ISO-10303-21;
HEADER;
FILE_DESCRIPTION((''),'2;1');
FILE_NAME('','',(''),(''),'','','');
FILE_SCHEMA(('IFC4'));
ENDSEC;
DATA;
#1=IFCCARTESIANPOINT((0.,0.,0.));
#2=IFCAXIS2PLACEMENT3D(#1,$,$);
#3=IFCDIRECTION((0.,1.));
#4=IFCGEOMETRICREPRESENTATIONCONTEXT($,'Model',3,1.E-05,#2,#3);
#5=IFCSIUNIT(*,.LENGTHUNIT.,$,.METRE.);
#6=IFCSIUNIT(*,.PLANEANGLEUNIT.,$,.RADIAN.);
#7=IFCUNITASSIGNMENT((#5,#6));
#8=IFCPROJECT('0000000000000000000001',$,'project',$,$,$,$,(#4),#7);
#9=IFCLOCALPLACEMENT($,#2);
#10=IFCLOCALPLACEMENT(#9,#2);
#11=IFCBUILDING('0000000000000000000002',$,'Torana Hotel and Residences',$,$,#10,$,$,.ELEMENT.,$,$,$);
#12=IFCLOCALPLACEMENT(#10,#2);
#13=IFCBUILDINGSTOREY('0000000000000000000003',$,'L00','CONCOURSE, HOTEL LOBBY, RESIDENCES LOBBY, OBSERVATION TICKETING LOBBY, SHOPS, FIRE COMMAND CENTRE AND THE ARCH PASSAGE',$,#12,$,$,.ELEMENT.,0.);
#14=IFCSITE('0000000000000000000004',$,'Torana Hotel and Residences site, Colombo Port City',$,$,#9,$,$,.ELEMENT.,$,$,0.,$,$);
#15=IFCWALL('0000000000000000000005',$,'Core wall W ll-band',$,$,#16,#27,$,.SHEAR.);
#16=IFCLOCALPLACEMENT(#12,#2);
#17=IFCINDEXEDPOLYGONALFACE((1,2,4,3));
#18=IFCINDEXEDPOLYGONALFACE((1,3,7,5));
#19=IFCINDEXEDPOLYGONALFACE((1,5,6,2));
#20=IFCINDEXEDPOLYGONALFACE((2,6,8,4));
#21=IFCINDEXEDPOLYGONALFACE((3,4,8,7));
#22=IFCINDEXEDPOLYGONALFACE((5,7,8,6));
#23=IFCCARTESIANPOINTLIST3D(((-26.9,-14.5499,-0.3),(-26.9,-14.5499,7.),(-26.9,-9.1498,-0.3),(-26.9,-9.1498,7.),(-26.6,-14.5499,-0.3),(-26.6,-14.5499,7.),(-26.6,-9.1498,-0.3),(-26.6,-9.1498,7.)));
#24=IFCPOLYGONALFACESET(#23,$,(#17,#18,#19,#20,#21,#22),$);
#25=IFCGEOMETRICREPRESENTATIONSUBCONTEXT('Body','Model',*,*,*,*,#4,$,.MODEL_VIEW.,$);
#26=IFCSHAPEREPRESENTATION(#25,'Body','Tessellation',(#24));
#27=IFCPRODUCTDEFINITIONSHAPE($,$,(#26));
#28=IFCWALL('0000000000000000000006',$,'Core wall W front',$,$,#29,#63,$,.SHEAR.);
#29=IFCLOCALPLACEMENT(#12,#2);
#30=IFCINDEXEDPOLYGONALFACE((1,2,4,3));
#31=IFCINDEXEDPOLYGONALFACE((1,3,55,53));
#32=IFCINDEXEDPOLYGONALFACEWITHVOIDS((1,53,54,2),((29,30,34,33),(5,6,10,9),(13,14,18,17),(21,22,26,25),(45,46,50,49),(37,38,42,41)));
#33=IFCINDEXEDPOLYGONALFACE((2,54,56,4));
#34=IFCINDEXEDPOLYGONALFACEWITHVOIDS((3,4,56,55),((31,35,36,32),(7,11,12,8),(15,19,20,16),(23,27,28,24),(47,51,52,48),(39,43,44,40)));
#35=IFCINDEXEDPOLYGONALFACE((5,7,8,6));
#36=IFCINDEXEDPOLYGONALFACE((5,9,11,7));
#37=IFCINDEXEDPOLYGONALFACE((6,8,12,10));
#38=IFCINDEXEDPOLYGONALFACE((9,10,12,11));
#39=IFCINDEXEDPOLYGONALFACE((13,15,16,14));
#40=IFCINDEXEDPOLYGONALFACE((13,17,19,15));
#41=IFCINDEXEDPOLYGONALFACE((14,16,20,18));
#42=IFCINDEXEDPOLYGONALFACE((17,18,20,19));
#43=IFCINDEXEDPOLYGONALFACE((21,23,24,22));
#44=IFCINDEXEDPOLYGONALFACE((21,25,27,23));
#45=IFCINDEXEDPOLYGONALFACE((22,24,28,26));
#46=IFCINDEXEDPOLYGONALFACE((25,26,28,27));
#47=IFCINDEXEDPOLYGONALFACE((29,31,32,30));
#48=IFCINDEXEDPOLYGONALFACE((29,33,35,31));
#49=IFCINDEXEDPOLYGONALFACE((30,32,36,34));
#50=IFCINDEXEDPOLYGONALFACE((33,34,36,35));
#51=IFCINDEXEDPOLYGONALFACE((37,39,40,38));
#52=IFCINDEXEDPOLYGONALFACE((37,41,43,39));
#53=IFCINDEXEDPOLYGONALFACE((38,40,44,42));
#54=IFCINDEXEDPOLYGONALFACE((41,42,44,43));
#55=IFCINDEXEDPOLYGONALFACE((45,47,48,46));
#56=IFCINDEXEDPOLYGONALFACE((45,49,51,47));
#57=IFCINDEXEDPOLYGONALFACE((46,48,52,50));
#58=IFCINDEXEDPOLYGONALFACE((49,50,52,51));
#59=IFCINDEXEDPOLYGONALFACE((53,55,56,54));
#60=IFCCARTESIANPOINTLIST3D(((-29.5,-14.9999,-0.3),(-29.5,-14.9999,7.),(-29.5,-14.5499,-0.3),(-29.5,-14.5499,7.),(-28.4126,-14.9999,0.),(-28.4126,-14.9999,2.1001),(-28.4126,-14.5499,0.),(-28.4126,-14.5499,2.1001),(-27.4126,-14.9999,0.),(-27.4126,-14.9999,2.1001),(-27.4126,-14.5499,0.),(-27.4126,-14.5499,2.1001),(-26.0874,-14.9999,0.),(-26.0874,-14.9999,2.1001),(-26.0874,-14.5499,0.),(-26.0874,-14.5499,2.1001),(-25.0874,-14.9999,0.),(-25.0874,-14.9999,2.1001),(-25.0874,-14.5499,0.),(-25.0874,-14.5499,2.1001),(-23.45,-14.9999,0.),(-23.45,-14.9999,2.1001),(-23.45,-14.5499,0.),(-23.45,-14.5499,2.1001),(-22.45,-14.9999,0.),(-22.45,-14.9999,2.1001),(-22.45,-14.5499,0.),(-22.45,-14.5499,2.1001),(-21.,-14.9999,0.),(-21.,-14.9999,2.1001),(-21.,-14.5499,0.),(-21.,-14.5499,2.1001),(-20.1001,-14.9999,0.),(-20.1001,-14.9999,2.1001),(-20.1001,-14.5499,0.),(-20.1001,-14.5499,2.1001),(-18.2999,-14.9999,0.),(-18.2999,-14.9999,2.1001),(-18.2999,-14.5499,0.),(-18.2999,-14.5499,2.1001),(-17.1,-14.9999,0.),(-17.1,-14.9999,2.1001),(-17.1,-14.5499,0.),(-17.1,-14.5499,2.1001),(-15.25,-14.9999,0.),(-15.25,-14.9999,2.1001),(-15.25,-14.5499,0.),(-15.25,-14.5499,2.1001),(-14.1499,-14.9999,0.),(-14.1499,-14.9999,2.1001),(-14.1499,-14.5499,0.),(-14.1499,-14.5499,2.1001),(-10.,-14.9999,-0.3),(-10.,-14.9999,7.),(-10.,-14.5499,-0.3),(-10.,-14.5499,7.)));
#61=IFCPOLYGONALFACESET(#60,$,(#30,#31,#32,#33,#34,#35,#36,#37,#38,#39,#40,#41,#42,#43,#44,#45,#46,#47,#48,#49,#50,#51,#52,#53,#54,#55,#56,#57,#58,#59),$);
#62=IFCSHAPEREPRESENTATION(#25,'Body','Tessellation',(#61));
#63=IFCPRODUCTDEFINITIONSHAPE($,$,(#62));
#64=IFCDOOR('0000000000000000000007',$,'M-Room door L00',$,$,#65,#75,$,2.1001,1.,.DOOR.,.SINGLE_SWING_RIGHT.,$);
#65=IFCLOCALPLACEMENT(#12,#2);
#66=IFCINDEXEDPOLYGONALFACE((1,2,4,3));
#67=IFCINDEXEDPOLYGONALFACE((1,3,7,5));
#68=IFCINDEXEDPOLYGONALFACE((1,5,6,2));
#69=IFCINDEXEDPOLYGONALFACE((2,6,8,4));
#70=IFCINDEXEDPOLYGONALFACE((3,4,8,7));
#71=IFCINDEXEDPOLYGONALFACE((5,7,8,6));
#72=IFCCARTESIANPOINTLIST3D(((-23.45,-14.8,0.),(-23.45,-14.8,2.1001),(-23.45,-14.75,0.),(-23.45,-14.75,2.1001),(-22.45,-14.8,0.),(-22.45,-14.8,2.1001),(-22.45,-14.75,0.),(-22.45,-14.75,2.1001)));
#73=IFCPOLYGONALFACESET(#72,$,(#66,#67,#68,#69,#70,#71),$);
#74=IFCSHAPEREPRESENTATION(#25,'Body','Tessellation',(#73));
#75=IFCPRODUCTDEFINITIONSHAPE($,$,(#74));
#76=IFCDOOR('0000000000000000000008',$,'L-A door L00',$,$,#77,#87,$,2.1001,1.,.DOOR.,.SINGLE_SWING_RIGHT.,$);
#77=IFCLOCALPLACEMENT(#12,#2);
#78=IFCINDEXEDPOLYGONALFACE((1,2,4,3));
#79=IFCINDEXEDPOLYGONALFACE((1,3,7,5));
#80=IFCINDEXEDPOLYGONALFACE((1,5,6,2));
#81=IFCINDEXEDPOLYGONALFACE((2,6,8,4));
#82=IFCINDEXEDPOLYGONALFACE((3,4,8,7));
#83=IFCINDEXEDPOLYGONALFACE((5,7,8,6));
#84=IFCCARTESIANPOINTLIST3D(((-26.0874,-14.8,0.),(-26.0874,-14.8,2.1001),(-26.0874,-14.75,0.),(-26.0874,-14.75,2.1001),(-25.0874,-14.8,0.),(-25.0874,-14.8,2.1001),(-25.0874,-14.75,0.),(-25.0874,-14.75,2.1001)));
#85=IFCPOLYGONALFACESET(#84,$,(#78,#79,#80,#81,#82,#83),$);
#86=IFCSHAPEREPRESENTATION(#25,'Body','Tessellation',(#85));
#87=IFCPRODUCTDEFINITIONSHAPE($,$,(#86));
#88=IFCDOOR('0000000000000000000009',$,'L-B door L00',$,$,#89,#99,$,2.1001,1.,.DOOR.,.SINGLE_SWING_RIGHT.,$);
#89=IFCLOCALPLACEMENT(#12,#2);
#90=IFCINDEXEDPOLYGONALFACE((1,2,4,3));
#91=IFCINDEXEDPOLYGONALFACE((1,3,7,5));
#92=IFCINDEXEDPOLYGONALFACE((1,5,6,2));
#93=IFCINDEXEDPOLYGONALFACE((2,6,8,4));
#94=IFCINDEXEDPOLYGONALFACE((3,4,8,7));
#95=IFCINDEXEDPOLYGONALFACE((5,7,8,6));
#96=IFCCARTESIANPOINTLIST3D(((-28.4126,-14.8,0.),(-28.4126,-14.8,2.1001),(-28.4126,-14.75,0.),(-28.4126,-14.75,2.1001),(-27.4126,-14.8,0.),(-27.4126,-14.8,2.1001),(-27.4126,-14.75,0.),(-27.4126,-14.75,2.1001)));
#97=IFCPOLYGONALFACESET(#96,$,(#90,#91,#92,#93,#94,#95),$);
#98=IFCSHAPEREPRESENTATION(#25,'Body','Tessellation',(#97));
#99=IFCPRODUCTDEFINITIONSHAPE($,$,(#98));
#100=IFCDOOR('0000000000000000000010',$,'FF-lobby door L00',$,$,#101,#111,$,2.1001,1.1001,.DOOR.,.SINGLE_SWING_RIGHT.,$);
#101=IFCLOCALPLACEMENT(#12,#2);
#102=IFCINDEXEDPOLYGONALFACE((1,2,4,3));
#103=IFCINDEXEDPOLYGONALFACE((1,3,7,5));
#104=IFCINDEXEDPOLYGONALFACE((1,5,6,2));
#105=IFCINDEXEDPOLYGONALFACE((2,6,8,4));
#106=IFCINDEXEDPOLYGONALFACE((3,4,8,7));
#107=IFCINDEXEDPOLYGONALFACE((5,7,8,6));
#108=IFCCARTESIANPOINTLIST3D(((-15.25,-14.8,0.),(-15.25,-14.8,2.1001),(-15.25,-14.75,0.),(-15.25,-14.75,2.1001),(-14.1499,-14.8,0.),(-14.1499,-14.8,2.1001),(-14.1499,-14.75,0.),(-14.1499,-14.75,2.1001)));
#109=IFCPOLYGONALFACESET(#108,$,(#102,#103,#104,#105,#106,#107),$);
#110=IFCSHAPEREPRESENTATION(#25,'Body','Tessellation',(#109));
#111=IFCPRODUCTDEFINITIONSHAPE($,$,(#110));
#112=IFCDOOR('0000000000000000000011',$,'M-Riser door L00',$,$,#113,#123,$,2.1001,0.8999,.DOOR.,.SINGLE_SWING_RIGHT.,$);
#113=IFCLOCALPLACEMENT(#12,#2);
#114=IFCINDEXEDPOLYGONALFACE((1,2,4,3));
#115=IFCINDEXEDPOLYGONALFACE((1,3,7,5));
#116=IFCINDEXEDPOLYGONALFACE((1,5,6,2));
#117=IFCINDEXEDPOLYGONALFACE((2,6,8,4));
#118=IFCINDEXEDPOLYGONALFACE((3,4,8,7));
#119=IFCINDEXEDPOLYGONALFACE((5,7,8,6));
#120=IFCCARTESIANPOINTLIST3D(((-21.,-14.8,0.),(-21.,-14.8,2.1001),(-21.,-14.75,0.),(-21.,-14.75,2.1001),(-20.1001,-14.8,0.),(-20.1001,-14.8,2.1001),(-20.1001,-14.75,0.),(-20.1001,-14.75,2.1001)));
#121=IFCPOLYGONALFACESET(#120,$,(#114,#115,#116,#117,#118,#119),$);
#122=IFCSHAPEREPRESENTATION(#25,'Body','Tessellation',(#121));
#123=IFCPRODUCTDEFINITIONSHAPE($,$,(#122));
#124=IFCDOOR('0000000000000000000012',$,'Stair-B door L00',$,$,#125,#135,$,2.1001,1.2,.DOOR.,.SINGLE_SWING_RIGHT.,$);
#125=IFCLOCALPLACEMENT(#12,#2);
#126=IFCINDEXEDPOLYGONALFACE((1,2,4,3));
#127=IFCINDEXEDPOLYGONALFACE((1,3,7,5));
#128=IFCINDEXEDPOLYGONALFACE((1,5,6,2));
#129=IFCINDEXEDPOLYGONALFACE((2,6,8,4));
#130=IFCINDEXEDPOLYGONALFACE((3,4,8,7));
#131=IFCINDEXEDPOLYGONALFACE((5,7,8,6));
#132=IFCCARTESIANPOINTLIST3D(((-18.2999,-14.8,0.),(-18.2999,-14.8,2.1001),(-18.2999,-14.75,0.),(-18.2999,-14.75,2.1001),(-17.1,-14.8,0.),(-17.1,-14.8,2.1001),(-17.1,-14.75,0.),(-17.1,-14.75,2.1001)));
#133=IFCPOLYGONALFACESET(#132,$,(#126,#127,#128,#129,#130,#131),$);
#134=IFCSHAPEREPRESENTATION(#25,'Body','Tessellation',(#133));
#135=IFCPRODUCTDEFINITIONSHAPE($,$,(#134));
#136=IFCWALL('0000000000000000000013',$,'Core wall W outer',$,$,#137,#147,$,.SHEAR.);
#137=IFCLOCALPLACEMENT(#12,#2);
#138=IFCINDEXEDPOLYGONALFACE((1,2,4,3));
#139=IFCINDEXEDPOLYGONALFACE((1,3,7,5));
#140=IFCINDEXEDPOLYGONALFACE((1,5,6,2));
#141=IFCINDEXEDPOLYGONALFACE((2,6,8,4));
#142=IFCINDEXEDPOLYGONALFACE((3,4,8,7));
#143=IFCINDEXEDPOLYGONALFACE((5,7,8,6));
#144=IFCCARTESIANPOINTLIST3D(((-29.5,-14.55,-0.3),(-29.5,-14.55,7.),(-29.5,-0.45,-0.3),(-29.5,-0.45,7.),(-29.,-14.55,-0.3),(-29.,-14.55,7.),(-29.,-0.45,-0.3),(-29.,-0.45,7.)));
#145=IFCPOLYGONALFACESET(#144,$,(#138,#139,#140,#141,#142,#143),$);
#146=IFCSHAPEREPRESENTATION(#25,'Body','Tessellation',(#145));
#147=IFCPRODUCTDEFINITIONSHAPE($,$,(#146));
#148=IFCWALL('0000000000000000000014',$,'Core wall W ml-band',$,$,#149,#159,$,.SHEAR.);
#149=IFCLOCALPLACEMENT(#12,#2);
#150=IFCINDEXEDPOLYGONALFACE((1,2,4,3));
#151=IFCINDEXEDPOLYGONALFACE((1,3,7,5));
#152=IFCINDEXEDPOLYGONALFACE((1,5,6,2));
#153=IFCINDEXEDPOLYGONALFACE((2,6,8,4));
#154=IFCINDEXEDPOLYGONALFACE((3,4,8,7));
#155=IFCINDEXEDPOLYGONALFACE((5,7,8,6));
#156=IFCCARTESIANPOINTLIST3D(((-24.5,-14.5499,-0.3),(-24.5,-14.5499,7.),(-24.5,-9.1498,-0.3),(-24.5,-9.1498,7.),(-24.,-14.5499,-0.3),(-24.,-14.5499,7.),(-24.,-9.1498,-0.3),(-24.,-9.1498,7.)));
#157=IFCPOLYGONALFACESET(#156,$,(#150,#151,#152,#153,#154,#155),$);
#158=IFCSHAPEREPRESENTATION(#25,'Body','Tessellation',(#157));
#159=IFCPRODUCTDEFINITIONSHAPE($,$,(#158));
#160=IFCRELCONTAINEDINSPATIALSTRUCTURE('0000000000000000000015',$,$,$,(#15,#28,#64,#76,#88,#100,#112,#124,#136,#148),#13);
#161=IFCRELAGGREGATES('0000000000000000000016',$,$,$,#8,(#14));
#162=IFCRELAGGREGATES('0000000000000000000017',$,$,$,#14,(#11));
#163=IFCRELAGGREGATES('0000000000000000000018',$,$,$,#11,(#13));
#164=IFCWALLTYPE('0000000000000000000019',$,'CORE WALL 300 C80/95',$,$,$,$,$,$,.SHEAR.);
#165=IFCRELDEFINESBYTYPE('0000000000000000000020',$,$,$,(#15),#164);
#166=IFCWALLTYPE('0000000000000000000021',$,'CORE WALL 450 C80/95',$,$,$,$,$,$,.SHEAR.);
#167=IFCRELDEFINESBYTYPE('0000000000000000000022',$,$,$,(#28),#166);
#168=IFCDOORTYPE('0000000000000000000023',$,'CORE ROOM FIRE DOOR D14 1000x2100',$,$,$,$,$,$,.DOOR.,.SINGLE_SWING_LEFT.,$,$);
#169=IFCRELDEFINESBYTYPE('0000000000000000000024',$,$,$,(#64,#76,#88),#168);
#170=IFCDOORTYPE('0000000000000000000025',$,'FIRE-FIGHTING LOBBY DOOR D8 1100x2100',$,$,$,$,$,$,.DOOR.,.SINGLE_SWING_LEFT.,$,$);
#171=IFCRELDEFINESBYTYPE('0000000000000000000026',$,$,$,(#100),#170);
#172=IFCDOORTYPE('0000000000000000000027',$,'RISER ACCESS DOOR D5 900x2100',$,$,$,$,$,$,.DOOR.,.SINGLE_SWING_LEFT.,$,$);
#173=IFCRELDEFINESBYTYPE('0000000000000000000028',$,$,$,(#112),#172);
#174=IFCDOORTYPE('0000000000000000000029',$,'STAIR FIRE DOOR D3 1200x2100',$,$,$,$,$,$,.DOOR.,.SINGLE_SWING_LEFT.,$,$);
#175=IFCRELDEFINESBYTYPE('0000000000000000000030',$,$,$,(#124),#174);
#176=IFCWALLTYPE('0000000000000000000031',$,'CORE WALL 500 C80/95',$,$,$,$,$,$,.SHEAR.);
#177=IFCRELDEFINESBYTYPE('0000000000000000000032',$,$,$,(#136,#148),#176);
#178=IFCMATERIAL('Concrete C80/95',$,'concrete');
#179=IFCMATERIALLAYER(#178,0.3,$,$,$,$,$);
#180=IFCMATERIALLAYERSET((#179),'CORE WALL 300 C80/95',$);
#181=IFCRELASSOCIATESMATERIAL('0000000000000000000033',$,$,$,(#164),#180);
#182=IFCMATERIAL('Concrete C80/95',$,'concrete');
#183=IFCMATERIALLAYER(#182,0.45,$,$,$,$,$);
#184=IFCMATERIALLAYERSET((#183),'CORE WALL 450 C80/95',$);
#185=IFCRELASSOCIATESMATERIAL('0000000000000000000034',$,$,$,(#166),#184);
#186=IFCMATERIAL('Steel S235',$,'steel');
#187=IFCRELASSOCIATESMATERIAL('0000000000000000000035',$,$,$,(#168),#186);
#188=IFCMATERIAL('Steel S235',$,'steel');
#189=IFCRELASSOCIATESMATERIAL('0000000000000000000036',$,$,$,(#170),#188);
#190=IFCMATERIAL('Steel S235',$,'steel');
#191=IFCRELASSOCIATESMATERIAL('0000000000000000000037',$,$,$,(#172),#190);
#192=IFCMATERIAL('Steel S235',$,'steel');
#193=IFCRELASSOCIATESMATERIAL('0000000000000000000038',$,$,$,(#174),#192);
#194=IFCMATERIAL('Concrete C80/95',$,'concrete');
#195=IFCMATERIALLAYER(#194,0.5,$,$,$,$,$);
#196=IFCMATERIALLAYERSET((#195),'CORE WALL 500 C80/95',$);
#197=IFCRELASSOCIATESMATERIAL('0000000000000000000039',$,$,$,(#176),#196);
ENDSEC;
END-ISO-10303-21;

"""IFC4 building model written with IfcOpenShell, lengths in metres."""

from ifc_helpers import new_model, si_unit, direction, frame, frame_2d, origin, place, context, subcontext, project, spatial, rectangle, extrude, material, layer, layer_set, type_object, element, fill, save


model = new_model("IFC4")

# Units and contexts
model_context = context("Model", 3, precision=1e-05, world=origin(), true_north=direction((0.0, 1.0)))
body_context = subcontext(model_context, "Body", "Model", "MODEL_VIEW")
ifc_project = project(units=[si_unit("LENGTHUNIT", "METRE"), si_unit("PLANEANGLEUNIT", "RADIAN")], contexts=[model_context])

# Site, building, storey
site_placement = place(None, origin())
site = spatial("IfcSite", under=ifc_project, at=site_placement, Name="Torana Hotel and Residences site, Colombo Port City", CompositionType="ELEMENT", RefElevation=0.0)
building_placement = place(site_placement, origin())
building = spatial("IfcBuilding", under=site, at=building_placement, Name="Torana Hotel and Residences", CompositionType="ELEMENT")
storey_placement = place(building_placement, origin())
storey = spatial("IfcBuildingStorey", under=building, at=storey_placement, Name="L00", Description="CONCOURSE, HOTEL LOBBY, RESIDENCES LOBBY, OBSERVATION TICKETING LOBBY, SHOPS, FIRE COMMAND CENTRE AND THE ARCH PASSAGE", CompositionType="ELEMENT", Elevation=0.0)

# Wall
ifc_material_1 = material(Name="Concrete C80/95", Category="concrete")
ifc_layer_1 = layer(ifc_material_1, 0.3)
ifc_layer_set_1 = layer_set([ifc_layer_1], Name="CORE WALL 300 C80/95")
wall_type_1 = type_object("IfcWallType", Name="CORE WALL 300 C80/95", PredefinedType="SHEAR", material=ifc_layer_set_1)
wall_1_placement = place(storey_placement, frame((-26.75, -14.55, -0.3), z_axis=(0.0, 0.0, 1.0), x_axis=(0.0, 1.0, 0.0)))
element("IfcWall", 1, at=wall_1_placement, inside=storey, type_object=wall_type_1, Name="Core wall W ll-band", PredefinedType="SHEAR", context=body_context, shape_type="SweptSolid", body=[
    extrude(rectangle(XDim=5.4001, YDim=0.3, at=frame_2d((2.7002, 0.0))), origin(), (0.0, 0.0, 1.0), 7.3),
])

# Wall, openings, doors
ifc_material_2 = material(Name="Concrete C80/95", Category="concrete")
ifc_layer_2 = layer(ifc_material_2, 0.45)
ifc_layer_set_2 = layer_set([ifc_layer_2], Name="CORE WALL 450 C80/95")
wall_type_2 = type_object("IfcWallType", Name="CORE WALL 450 C80/95", PredefinedType="SHEAR", material=ifc_layer_set_2)
wall_2_placement = place(storey_placement, frame((-29.5, -14.7749, -0.3), z_axis=(0.0, 0.0, 1.0), x_axis=(1.0, 0.0, 0.0)))
wall_2 = element("IfcWall", 2, at=wall_2_placement, inside=storey, type_object=wall_type_2, Name="Core wall W front", PredefinedType="SHEAR", context=body_context, shape_type="SweptSolid", body=[
    extrude(rectangle(XDim=19.5, YDim=0.45, at=frame_2d((9.75, 0.0))), origin(), (0.0, 0.0, 1.0), 7.3),
])
opening_1_placement = place(wall_2_placement, frame((11.2, 0.0, 0.3)))
opening_1 = element("IfcOpeningElement", 3, at=opening_1_placement, cuts=wall_2, PredefinedType="OPENING", context=body_context, shape_type="SweptSolid", body=[
    extrude(rectangle(XDim=1.2, YDim=2.1001, at=frame_2d((0.6001, 1.05))), frame((0.0, 0.2349, 0.0), z_axis=(0.0, -1.0, 0.0), x_axis=(1.0, 0.0, 0.0)), (0.0, 0.0, 1.0), 0.47),
])
opening_2_placement = place(wall_2_placement, frame((14.25, 0.0, 0.3)))
opening_2 = element("IfcOpeningElement", 4, at=opening_2_placement, cuts=wall_2, PredefinedType="OPENING", context=body_context, shape_type="SweptSolid", body=[
    extrude(rectangle(XDim=1.1001, YDim=2.1001, at=frame_2d((0.55, 1.05))), frame((0.0, 0.2349, 0.0), z_axis=(0.0, -1.0, 0.0), x_axis=(1.0, 0.0, 0.0)), (0.0, 0.0, 1.0), 0.47),
])
opening_3_placement = place(wall_2_placement, frame((8.5, 0.0, 0.3)))
opening_3 = element("IfcOpeningElement", 5, at=opening_3_placement, cuts=wall_2, PredefinedType="OPENING", context=body_context, shape_type="SweptSolid", body=[
    extrude(rectangle(XDim=0.8999, YDim=2.1001, at=frame_2d((0.45, 1.05))), frame((0.0, 0.2349, 0.0), z_axis=(0.0, -1.0, 0.0), x_axis=(1.0, 0.0, 0.0)), (0.0, 0.0, 1.0), 0.47),
])
opening_4_placement = place(wall_2_placement, frame((6.05, 0.0, 0.3)))
opening_4 = element("IfcOpeningElement", 6, at=opening_4_placement, cuts=wall_2, PredefinedType="OPENING", context=body_context, shape_type="SweptSolid", body=[
    extrude(rectangle(XDim=1.0, YDim=2.1001, at=frame_2d((0.5, 1.05))), frame((0.0, 0.2349, 0.0), z_axis=(0.0, -1.0, 0.0), x_axis=(1.0, 0.0, 0.0)), (0.0, 0.0, 1.0), 0.47),
])
opening_5_placement = place(wall_2_placement, frame((3.4126, 0.0, 0.3)))
opening_5 = element("IfcOpeningElement", 7, at=opening_5_placement, cuts=wall_2, PredefinedType="OPENING", context=body_context, shape_type="SweptSolid", body=[
    extrude(rectangle(XDim=1.0, YDim=2.1001, at=frame_2d((0.5, 1.05))), frame((0.0, 0.2349, 0.0), z_axis=(0.0, -1.0, 0.0), x_axis=(1.0, 0.0, 0.0)), (0.0, 0.0, 1.0), 0.47),
])
opening_6_placement = place(wall_2_placement, frame((1.0874, 0.0, 0.3)))
opening_6 = element("IfcOpeningElement", 8, at=opening_6_placement, cuts=wall_2, PredefinedType="OPENING", context=body_context, shape_type="SweptSolid", body=[
    extrude(rectangle(XDim=1.0, YDim=2.1001, at=frame_2d((0.5, 1.05))), frame((0.0, 0.2349, 0.0), z_axis=(0.0, -1.0, 0.0), x_axis=(1.0, 0.0, 0.0)), (0.0, 0.0, 1.0), 0.47),
])
ifc_material_3 = material(Name="Steel S235", Category="steel")
door_type_1 = type_object("IfcDoorType", Name="CORE ROOM FIRE DOOR D14 1000x2100", OperationType="SINGLE_SWING_LEFT", PredefinedType="DOOR", material=ifc_material_3)
door_1_placement = place(opening_4_placement, origin())
door_1 = element("IfcDoor", 9, at=door_1_placement, inside=storey, type_object=door_type_1, Name="M-Room door L00", OperationType="SINGLE_SWING_RIGHT", OverallHeight=2.1001, OverallWidth=1.0, PredefinedType="DOOR", context=body_context, shape_type="SweptSolid", body=[
    extrude(rectangle(XDim=1.0, YDim=2.1001, at=frame_2d((0.5, 1.05))), frame((0.0, 0.0249, 0.0), z_axis=(0.0, -1.0, 0.0), x_axis=(1.0, 0.0, 0.0)), (0.0, 0.0, 1.0), 0.05),
])
fill(opening_4, door_1)
door_2_placement = place(opening_5_placement, origin())
door_2 = element("IfcDoor", 10, at=door_2_placement, inside=storey, type_object=door_type_1, Name="L-A door L00", OperationType="SINGLE_SWING_RIGHT", OverallHeight=2.1001, OverallWidth=1.0, PredefinedType="DOOR", context=body_context, shape_type="SweptSolid", body=[
    extrude(rectangle(XDim=1.0, YDim=2.1001, at=frame_2d((0.5, 1.05))), frame((0.0, 0.0249, 0.0), z_axis=(0.0, -1.0, 0.0), x_axis=(1.0, 0.0, 0.0)), (0.0, 0.0, 1.0), 0.05),
])
fill(opening_5, door_2)
door_3_placement = place(opening_6_placement, origin())
door_3 = element("IfcDoor", 11, at=door_3_placement, inside=storey, type_object=door_type_1, Name="L-B door L00", OperationType="SINGLE_SWING_RIGHT", OverallHeight=2.1001, OverallWidth=1.0, PredefinedType="DOOR", context=body_context, shape_type="SweptSolid", body=[
    extrude(rectangle(XDim=1.0, YDim=2.1001, at=frame_2d((0.5, 1.05))), frame((0.0, 0.0249, 0.0), z_axis=(0.0, -1.0, 0.0), x_axis=(1.0, 0.0, 0.0)), (0.0, 0.0, 1.0), 0.05),
])
fill(opening_6, door_3)
ifc_material_4 = material(Name="Steel S235", Category="steel")
door_type_2 = type_object("IfcDoorType", Name="FIRE-FIGHTING LOBBY DOOR D8 1100x2100", OperationType="SINGLE_SWING_LEFT", PredefinedType="DOOR", material=ifc_material_4)
door_4_placement = place(opening_2_placement, origin())
door_4 = element("IfcDoor", 12, at=door_4_placement, inside=storey, type_object=door_type_2, Name="FF-lobby door L00", OperationType="SINGLE_SWING_RIGHT", OverallHeight=2.1001, OverallWidth=1.1001, PredefinedType="DOOR", context=body_context, shape_type="SweptSolid", body=[
    extrude(rectangle(XDim=1.1001, YDim=2.1001, at=frame_2d((0.55, 1.05))), frame((0.0, 0.0249, 0.0), z_axis=(0.0, -1.0, 0.0), x_axis=(1.0, 0.0, 0.0)), (0.0, 0.0, 1.0), 0.05),
])
fill(opening_2, door_4)
ifc_material_5 = material(Name="Steel S235", Category="steel")
door_type_3 = type_object("IfcDoorType", Name="RISER ACCESS DOOR D5 900x2100", OperationType="SINGLE_SWING_LEFT", PredefinedType="DOOR", material=ifc_material_5)
door_5_placement = place(opening_3_placement, origin())
door_5 = element("IfcDoor", 13, at=door_5_placement, inside=storey, type_object=door_type_3, Name="M-Riser door L00", OperationType="SINGLE_SWING_RIGHT", OverallHeight=2.1001, OverallWidth=0.8999, PredefinedType="DOOR", context=body_context, shape_type="SweptSolid", body=[
    extrude(rectangle(XDim=0.8999, YDim=2.1001, at=frame_2d((0.45, 1.05))), frame((0.0, 0.0249, 0.0), z_axis=(0.0, -1.0, 0.0), x_axis=(1.0, 0.0, 0.0)), (0.0, 0.0, 1.0), 0.05),
])
fill(opening_3, door_5)
ifc_material_6 = material(Name="Steel S235", Category="steel")
door_type_4 = type_object("IfcDoorType", Name="STAIR FIRE DOOR D3 1200x2100", OperationType="SINGLE_SWING_LEFT", PredefinedType="DOOR", material=ifc_material_6)
door_6_placement = place(opening_1_placement, origin())
door_6 = element("IfcDoor", 14, at=door_6_placement, inside=storey, type_object=door_type_4, Name="Stair-B door L00", OperationType="SINGLE_SWING_RIGHT", OverallHeight=2.1001, OverallWidth=1.2, PredefinedType="DOOR", context=body_context, shape_type="SweptSolid", body=[
    extrude(rectangle(XDim=1.2, YDim=2.1001, at=frame_2d((0.6001, 1.05))), frame((0.0, 0.0249, 0.0), z_axis=(0.0, -1.0, 0.0), x_axis=(1.0, 0.0, 0.0)), (0.0, 0.0, 1.0), 0.05),
])
fill(opening_1, door_6)

# Walls
ifc_material_7 = material(Name="Concrete C80/95", Category="concrete")
ifc_layer_3 = layer(ifc_material_7, 0.5)
ifc_layer_set_3 = layer_set([ifc_layer_3], Name="CORE WALL 500 C80/95")
wall_type_3 = type_object("IfcWallType", Name="CORE WALL 500 C80/95", PredefinedType="SHEAR", material=ifc_layer_set_3)
wall_3_placement = place(storey_placement, frame((-29.25, -14.55, -0.3), z_axis=(0.0, 0.0, 1.0), x_axis=(0.0, 1.0, 0.0)))
element("IfcWall", 15, at=wall_3_placement, inside=storey, type_object=wall_type_3, Name="Core wall W outer", PredefinedType="SHEAR", context=body_context, shape_type="SweptSolid", body=[
    extrude(rectangle(XDim=14.1001, YDim=0.5, at=frame_2d((7.05, 0.0))), origin(), (0.0, 0.0, 1.0), 7.3),
])
wall_4_placement = place(storey_placement, frame((-24.25, -14.55, -0.3), z_axis=(0.0, 0.0, 1.0), x_axis=(0.0, 1.0, 0.0)))
element("IfcWall", 16, at=wall_4_placement, inside=storey, type_object=wall_type_3, Name="Core wall W ml-band", PredefinedType="SHEAR", context=body_context, shape_type="SweptSolid", body=[
    extrude(rectangle(XDim=5.4001, YDim=0.5, at=frame_2d((2.7002, 0.0))), origin(), (0.0, 0.0, 1.0), 7.3),
])

save(model, "model.ifc")
